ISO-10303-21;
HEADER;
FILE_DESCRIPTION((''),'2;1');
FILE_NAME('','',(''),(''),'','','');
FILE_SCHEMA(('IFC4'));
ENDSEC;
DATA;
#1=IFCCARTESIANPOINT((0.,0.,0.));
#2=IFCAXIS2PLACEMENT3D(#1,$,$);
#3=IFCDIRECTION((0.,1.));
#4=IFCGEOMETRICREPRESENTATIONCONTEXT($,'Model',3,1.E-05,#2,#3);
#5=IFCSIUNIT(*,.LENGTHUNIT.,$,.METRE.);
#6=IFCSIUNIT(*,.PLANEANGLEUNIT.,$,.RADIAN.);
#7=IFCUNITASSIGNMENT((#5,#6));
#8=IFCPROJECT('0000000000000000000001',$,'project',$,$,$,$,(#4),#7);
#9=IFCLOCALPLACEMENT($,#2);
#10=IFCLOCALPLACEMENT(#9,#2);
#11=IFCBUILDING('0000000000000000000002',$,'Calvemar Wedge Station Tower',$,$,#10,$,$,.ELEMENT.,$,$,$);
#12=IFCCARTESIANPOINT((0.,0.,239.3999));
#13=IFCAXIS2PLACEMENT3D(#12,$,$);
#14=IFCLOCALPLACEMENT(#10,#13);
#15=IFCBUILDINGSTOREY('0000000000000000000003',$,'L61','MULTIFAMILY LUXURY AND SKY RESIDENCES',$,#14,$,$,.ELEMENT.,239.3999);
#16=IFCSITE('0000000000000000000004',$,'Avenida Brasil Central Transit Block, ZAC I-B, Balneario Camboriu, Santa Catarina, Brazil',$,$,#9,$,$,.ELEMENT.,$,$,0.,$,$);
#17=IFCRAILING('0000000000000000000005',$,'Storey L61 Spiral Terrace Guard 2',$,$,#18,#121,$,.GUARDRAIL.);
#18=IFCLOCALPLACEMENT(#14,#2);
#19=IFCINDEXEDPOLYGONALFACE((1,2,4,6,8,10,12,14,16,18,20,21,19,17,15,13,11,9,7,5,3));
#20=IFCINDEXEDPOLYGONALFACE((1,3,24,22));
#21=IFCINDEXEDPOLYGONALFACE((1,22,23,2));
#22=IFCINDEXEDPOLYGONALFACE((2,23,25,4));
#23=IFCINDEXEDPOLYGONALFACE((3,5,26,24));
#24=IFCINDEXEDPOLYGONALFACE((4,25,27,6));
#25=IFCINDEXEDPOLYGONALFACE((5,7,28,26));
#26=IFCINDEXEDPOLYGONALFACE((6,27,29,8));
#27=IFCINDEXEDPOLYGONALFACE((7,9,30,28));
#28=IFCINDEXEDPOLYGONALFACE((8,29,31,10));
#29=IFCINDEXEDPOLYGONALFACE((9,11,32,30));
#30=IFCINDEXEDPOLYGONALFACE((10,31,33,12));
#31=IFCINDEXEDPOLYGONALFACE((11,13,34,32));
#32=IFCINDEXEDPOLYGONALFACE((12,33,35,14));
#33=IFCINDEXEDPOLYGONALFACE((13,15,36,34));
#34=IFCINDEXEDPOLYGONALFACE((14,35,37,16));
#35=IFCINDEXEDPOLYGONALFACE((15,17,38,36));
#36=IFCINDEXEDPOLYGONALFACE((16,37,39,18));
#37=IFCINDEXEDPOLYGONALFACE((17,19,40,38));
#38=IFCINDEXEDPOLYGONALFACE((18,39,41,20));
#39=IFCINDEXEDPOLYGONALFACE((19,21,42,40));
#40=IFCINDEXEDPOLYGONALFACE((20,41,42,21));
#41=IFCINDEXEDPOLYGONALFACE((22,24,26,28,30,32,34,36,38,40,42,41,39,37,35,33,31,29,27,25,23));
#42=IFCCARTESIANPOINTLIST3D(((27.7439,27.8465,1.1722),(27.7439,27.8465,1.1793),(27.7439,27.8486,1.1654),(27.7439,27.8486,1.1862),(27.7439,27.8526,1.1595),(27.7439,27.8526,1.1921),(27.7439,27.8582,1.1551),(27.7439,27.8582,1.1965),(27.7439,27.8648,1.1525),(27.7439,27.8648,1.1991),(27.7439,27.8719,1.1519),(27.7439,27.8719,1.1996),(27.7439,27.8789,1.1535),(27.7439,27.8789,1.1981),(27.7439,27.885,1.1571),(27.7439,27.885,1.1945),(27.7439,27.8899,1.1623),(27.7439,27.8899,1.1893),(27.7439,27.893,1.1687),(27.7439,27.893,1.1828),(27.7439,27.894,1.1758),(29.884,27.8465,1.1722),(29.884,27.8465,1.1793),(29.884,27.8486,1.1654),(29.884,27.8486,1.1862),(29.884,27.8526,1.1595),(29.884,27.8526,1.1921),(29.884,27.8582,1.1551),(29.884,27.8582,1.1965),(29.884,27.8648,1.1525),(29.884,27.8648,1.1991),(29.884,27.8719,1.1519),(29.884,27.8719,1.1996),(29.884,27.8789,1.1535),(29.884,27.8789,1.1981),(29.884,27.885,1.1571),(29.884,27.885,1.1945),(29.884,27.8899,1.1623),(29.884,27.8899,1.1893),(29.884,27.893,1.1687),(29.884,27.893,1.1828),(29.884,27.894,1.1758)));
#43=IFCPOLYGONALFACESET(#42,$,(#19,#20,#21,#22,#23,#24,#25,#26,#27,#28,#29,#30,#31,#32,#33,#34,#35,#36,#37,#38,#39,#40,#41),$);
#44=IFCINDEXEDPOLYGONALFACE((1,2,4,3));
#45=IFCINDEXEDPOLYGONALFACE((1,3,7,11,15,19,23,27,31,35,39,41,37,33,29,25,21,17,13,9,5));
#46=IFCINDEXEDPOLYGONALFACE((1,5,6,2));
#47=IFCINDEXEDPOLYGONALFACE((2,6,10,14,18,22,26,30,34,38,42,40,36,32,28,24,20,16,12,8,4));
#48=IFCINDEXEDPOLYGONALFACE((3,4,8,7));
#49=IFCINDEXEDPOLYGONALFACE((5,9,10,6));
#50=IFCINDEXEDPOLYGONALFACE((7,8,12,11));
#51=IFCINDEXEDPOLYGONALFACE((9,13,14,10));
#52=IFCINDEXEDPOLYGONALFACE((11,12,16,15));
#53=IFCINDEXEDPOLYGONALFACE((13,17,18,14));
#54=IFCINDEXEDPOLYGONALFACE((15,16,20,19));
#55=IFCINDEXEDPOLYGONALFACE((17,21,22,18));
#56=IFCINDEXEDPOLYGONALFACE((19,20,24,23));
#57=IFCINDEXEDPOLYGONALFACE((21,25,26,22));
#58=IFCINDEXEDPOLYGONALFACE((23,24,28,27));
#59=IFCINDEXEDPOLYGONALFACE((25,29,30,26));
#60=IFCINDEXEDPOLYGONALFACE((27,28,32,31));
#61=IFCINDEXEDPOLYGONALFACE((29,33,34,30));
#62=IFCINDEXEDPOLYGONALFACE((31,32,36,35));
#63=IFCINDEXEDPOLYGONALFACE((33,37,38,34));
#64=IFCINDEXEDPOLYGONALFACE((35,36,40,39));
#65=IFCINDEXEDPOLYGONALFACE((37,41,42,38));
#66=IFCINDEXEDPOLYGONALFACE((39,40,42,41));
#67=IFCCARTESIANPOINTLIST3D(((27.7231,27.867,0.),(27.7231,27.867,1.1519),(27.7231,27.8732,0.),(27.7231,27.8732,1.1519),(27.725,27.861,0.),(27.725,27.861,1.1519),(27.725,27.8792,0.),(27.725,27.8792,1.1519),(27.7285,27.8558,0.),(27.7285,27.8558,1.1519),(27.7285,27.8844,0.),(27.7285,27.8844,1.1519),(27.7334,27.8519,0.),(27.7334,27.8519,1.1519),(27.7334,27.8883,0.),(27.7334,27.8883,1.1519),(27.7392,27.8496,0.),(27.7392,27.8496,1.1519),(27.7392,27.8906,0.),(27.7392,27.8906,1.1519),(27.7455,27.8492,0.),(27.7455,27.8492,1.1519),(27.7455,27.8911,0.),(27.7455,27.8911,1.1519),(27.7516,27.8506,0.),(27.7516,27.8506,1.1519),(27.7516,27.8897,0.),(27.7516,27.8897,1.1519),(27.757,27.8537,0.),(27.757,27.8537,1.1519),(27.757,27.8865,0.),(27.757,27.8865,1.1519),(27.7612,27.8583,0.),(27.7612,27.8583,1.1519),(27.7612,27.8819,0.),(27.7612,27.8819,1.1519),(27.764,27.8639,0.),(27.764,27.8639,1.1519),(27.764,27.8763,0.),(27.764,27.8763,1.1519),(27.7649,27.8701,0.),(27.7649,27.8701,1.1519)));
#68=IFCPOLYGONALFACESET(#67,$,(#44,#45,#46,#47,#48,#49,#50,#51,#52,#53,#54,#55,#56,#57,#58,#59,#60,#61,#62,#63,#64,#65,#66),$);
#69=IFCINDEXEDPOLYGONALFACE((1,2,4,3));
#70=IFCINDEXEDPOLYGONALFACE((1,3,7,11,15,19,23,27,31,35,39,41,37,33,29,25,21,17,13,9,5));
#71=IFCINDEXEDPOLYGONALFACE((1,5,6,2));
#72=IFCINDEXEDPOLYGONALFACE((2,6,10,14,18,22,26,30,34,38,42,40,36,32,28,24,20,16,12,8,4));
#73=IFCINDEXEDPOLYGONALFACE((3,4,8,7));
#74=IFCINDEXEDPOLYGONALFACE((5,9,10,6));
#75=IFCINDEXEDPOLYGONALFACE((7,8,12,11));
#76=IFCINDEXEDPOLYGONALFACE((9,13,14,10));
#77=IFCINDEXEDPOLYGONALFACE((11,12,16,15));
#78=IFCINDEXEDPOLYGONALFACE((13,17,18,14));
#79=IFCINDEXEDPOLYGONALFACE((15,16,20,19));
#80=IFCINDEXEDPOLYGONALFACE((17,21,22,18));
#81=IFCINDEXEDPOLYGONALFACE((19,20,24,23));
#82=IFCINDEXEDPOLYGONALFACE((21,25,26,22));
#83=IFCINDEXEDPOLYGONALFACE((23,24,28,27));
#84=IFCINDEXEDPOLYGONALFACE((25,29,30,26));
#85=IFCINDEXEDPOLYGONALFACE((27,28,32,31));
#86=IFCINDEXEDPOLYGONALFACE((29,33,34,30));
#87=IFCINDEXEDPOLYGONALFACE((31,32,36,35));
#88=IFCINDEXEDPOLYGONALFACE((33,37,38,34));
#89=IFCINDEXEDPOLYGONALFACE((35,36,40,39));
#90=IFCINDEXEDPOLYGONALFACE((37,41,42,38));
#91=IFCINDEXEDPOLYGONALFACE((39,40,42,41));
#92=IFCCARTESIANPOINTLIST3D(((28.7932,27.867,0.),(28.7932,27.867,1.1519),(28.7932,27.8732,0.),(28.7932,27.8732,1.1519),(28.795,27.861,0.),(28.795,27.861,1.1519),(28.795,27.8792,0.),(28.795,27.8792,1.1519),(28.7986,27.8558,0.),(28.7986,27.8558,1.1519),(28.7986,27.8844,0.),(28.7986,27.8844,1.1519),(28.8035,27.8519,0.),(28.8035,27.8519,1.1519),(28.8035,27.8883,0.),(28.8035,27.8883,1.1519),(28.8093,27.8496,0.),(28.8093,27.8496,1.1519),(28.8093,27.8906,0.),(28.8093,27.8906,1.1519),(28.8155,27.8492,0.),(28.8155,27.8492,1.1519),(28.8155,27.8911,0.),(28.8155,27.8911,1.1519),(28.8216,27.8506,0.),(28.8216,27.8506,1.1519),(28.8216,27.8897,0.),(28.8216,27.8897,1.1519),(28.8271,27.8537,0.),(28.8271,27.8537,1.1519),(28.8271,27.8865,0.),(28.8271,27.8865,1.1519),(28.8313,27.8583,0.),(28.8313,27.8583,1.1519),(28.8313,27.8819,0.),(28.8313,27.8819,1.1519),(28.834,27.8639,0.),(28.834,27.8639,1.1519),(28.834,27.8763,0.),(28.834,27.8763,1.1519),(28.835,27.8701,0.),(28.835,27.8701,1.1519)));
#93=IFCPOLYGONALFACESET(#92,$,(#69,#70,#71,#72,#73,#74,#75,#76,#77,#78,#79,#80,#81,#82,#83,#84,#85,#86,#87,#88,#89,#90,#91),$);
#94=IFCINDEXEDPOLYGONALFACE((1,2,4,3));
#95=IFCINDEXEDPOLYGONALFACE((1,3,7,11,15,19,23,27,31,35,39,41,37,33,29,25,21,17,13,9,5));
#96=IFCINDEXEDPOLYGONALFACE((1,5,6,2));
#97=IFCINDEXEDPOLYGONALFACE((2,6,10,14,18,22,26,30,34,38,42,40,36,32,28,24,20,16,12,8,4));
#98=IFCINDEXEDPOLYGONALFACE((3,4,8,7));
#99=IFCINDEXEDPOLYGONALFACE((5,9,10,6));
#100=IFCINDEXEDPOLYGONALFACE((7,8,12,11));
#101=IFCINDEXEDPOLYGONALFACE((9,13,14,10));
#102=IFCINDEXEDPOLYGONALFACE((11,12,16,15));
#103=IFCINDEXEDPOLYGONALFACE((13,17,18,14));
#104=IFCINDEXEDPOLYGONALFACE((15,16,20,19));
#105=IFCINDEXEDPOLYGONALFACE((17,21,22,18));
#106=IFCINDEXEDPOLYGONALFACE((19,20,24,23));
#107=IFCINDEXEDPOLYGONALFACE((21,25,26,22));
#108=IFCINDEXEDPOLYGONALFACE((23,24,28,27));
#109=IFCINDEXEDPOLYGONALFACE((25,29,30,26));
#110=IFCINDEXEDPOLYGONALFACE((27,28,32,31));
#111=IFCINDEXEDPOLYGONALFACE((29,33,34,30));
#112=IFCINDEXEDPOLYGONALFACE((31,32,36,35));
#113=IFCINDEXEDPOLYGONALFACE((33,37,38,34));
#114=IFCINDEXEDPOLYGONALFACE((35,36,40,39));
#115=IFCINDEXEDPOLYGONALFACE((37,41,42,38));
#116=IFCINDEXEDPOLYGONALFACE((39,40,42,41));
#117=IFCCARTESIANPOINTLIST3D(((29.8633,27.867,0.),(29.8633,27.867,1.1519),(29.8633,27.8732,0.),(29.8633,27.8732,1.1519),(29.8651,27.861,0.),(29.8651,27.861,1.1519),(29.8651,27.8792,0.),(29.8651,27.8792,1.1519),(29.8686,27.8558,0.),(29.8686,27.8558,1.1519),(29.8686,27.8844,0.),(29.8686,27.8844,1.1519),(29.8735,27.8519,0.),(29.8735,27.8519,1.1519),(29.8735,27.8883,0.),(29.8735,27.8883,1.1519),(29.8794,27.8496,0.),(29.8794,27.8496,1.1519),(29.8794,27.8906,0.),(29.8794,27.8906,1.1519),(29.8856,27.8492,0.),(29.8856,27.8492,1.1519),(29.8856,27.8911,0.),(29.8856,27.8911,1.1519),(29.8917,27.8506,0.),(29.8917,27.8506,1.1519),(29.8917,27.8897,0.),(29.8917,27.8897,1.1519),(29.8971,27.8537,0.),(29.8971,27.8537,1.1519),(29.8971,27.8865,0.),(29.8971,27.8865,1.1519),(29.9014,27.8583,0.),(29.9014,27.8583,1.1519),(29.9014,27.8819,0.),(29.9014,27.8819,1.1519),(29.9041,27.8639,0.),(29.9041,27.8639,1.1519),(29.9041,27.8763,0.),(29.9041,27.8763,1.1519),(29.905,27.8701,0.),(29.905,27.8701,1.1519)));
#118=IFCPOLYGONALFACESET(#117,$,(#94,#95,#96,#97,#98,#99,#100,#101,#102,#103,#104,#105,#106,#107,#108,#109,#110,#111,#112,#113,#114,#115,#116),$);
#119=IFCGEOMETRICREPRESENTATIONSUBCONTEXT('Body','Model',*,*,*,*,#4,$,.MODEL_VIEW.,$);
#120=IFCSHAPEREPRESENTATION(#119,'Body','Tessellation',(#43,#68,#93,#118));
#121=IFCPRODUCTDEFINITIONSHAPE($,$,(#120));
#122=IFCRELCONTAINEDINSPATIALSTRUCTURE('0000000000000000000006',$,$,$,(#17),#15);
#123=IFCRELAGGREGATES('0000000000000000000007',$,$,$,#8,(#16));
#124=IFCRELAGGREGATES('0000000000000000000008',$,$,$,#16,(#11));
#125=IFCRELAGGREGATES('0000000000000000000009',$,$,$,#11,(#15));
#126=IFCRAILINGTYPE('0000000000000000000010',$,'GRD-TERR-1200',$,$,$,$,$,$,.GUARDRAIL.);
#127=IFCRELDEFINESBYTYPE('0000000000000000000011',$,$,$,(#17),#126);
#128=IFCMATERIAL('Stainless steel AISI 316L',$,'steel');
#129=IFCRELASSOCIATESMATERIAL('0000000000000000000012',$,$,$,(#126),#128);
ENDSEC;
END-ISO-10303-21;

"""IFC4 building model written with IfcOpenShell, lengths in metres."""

from ifc_helpers import new_model, si_unit, direction, frame, origin, origin_2d, place, context, subcontext, project, spatial, circle, extrude, material, type_object, element, save


model = new_model("IFC4")

# Units and contexts
model_context = context("Model", 3, precision=1e-05, world=origin(), true_north=direction((0.0, 1.0)))
body_context = subcontext(model_context, "Body", "Model", "MODEL_VIEW")
ifc_project = project(units=[si_unit("LENGTHUNIT", "METRE"), si_unit("PLANEANGLEUNIT", "RADIAN")], contexts=[model_context])

# Site, building, storey
site_placement = place(None, origin())
site = spatial("IfcSite", under=ifc_project, at=site_placement, Name="Avenida Brasil Central Transit Block, ZAC I-B, Balneario Camboriu, Santa Catarina, Brazil", CompositionType="ELEMENT", RefElevation=0.0)
building_placement = place(site_placement, origin())
building = spatial("IfcBuilding", under=site, at=building_placement, Name="Calvemar Wedge Station Tower", CompositionType="ELEMENT")
storey_placement = place(building_placement, frame((0.0, 0.0, 239.3999)))
storey = spatial("IfcBuildingStorey", under=building, at=storey_placement, Name="L61", Description="MULTIFAMILY LUXURY AND SKY RESIDENCES", CompositionType="ELEMENT", Elevation=239.3999)

# Railing
ifc_material_1 = material(Name="Stainless steel AISI 316L", Category="steel")
railing_type = type_object("IfcRailingType", Name="GRD-TERR-1200", PredefinedType="GUARDRAIL", material=ifc_material_1)
railing_1_placement = place(storey_placement, frame((27.7439, 27.8701, 0.0)))
element("IfcRailing", 1, at=railing_1_placement, inside=storey, type_object=railing_type, Name="Storey L61 Spiral Terrace Guard 2", PredefinedType="GUARDRAIL", context=body_context, shape_type="SweptSolid", body=[
    extrude(circle(Radius=0.0239, at=origin_2d()), frame((0.0, 0.0, 1.1758), z_axis=(1.0, 0.0, 0.0), x_axis=(0.0, 1.0, 0.0)), (0.0, 0.0, 1.0), 2.1401),
    extrude(circle(Radius=0.021, at=origin_2d()), origin(), (0.0, 0.0, 1.0), 1.1519),
    extrude(circle(Radius=0.021, at=origin_2d()), frame((1.0701, 0.0, 0.0)), (0.0, 0.0, 1.0), 1.1519),
    extrude(circle(Radius=0.021, at=origin_2d()), frame((2.1401, 0.0, 0.0)), (0.0, 0.0, 1.0), 1.1519),
])

save(model, "model.ifc")
